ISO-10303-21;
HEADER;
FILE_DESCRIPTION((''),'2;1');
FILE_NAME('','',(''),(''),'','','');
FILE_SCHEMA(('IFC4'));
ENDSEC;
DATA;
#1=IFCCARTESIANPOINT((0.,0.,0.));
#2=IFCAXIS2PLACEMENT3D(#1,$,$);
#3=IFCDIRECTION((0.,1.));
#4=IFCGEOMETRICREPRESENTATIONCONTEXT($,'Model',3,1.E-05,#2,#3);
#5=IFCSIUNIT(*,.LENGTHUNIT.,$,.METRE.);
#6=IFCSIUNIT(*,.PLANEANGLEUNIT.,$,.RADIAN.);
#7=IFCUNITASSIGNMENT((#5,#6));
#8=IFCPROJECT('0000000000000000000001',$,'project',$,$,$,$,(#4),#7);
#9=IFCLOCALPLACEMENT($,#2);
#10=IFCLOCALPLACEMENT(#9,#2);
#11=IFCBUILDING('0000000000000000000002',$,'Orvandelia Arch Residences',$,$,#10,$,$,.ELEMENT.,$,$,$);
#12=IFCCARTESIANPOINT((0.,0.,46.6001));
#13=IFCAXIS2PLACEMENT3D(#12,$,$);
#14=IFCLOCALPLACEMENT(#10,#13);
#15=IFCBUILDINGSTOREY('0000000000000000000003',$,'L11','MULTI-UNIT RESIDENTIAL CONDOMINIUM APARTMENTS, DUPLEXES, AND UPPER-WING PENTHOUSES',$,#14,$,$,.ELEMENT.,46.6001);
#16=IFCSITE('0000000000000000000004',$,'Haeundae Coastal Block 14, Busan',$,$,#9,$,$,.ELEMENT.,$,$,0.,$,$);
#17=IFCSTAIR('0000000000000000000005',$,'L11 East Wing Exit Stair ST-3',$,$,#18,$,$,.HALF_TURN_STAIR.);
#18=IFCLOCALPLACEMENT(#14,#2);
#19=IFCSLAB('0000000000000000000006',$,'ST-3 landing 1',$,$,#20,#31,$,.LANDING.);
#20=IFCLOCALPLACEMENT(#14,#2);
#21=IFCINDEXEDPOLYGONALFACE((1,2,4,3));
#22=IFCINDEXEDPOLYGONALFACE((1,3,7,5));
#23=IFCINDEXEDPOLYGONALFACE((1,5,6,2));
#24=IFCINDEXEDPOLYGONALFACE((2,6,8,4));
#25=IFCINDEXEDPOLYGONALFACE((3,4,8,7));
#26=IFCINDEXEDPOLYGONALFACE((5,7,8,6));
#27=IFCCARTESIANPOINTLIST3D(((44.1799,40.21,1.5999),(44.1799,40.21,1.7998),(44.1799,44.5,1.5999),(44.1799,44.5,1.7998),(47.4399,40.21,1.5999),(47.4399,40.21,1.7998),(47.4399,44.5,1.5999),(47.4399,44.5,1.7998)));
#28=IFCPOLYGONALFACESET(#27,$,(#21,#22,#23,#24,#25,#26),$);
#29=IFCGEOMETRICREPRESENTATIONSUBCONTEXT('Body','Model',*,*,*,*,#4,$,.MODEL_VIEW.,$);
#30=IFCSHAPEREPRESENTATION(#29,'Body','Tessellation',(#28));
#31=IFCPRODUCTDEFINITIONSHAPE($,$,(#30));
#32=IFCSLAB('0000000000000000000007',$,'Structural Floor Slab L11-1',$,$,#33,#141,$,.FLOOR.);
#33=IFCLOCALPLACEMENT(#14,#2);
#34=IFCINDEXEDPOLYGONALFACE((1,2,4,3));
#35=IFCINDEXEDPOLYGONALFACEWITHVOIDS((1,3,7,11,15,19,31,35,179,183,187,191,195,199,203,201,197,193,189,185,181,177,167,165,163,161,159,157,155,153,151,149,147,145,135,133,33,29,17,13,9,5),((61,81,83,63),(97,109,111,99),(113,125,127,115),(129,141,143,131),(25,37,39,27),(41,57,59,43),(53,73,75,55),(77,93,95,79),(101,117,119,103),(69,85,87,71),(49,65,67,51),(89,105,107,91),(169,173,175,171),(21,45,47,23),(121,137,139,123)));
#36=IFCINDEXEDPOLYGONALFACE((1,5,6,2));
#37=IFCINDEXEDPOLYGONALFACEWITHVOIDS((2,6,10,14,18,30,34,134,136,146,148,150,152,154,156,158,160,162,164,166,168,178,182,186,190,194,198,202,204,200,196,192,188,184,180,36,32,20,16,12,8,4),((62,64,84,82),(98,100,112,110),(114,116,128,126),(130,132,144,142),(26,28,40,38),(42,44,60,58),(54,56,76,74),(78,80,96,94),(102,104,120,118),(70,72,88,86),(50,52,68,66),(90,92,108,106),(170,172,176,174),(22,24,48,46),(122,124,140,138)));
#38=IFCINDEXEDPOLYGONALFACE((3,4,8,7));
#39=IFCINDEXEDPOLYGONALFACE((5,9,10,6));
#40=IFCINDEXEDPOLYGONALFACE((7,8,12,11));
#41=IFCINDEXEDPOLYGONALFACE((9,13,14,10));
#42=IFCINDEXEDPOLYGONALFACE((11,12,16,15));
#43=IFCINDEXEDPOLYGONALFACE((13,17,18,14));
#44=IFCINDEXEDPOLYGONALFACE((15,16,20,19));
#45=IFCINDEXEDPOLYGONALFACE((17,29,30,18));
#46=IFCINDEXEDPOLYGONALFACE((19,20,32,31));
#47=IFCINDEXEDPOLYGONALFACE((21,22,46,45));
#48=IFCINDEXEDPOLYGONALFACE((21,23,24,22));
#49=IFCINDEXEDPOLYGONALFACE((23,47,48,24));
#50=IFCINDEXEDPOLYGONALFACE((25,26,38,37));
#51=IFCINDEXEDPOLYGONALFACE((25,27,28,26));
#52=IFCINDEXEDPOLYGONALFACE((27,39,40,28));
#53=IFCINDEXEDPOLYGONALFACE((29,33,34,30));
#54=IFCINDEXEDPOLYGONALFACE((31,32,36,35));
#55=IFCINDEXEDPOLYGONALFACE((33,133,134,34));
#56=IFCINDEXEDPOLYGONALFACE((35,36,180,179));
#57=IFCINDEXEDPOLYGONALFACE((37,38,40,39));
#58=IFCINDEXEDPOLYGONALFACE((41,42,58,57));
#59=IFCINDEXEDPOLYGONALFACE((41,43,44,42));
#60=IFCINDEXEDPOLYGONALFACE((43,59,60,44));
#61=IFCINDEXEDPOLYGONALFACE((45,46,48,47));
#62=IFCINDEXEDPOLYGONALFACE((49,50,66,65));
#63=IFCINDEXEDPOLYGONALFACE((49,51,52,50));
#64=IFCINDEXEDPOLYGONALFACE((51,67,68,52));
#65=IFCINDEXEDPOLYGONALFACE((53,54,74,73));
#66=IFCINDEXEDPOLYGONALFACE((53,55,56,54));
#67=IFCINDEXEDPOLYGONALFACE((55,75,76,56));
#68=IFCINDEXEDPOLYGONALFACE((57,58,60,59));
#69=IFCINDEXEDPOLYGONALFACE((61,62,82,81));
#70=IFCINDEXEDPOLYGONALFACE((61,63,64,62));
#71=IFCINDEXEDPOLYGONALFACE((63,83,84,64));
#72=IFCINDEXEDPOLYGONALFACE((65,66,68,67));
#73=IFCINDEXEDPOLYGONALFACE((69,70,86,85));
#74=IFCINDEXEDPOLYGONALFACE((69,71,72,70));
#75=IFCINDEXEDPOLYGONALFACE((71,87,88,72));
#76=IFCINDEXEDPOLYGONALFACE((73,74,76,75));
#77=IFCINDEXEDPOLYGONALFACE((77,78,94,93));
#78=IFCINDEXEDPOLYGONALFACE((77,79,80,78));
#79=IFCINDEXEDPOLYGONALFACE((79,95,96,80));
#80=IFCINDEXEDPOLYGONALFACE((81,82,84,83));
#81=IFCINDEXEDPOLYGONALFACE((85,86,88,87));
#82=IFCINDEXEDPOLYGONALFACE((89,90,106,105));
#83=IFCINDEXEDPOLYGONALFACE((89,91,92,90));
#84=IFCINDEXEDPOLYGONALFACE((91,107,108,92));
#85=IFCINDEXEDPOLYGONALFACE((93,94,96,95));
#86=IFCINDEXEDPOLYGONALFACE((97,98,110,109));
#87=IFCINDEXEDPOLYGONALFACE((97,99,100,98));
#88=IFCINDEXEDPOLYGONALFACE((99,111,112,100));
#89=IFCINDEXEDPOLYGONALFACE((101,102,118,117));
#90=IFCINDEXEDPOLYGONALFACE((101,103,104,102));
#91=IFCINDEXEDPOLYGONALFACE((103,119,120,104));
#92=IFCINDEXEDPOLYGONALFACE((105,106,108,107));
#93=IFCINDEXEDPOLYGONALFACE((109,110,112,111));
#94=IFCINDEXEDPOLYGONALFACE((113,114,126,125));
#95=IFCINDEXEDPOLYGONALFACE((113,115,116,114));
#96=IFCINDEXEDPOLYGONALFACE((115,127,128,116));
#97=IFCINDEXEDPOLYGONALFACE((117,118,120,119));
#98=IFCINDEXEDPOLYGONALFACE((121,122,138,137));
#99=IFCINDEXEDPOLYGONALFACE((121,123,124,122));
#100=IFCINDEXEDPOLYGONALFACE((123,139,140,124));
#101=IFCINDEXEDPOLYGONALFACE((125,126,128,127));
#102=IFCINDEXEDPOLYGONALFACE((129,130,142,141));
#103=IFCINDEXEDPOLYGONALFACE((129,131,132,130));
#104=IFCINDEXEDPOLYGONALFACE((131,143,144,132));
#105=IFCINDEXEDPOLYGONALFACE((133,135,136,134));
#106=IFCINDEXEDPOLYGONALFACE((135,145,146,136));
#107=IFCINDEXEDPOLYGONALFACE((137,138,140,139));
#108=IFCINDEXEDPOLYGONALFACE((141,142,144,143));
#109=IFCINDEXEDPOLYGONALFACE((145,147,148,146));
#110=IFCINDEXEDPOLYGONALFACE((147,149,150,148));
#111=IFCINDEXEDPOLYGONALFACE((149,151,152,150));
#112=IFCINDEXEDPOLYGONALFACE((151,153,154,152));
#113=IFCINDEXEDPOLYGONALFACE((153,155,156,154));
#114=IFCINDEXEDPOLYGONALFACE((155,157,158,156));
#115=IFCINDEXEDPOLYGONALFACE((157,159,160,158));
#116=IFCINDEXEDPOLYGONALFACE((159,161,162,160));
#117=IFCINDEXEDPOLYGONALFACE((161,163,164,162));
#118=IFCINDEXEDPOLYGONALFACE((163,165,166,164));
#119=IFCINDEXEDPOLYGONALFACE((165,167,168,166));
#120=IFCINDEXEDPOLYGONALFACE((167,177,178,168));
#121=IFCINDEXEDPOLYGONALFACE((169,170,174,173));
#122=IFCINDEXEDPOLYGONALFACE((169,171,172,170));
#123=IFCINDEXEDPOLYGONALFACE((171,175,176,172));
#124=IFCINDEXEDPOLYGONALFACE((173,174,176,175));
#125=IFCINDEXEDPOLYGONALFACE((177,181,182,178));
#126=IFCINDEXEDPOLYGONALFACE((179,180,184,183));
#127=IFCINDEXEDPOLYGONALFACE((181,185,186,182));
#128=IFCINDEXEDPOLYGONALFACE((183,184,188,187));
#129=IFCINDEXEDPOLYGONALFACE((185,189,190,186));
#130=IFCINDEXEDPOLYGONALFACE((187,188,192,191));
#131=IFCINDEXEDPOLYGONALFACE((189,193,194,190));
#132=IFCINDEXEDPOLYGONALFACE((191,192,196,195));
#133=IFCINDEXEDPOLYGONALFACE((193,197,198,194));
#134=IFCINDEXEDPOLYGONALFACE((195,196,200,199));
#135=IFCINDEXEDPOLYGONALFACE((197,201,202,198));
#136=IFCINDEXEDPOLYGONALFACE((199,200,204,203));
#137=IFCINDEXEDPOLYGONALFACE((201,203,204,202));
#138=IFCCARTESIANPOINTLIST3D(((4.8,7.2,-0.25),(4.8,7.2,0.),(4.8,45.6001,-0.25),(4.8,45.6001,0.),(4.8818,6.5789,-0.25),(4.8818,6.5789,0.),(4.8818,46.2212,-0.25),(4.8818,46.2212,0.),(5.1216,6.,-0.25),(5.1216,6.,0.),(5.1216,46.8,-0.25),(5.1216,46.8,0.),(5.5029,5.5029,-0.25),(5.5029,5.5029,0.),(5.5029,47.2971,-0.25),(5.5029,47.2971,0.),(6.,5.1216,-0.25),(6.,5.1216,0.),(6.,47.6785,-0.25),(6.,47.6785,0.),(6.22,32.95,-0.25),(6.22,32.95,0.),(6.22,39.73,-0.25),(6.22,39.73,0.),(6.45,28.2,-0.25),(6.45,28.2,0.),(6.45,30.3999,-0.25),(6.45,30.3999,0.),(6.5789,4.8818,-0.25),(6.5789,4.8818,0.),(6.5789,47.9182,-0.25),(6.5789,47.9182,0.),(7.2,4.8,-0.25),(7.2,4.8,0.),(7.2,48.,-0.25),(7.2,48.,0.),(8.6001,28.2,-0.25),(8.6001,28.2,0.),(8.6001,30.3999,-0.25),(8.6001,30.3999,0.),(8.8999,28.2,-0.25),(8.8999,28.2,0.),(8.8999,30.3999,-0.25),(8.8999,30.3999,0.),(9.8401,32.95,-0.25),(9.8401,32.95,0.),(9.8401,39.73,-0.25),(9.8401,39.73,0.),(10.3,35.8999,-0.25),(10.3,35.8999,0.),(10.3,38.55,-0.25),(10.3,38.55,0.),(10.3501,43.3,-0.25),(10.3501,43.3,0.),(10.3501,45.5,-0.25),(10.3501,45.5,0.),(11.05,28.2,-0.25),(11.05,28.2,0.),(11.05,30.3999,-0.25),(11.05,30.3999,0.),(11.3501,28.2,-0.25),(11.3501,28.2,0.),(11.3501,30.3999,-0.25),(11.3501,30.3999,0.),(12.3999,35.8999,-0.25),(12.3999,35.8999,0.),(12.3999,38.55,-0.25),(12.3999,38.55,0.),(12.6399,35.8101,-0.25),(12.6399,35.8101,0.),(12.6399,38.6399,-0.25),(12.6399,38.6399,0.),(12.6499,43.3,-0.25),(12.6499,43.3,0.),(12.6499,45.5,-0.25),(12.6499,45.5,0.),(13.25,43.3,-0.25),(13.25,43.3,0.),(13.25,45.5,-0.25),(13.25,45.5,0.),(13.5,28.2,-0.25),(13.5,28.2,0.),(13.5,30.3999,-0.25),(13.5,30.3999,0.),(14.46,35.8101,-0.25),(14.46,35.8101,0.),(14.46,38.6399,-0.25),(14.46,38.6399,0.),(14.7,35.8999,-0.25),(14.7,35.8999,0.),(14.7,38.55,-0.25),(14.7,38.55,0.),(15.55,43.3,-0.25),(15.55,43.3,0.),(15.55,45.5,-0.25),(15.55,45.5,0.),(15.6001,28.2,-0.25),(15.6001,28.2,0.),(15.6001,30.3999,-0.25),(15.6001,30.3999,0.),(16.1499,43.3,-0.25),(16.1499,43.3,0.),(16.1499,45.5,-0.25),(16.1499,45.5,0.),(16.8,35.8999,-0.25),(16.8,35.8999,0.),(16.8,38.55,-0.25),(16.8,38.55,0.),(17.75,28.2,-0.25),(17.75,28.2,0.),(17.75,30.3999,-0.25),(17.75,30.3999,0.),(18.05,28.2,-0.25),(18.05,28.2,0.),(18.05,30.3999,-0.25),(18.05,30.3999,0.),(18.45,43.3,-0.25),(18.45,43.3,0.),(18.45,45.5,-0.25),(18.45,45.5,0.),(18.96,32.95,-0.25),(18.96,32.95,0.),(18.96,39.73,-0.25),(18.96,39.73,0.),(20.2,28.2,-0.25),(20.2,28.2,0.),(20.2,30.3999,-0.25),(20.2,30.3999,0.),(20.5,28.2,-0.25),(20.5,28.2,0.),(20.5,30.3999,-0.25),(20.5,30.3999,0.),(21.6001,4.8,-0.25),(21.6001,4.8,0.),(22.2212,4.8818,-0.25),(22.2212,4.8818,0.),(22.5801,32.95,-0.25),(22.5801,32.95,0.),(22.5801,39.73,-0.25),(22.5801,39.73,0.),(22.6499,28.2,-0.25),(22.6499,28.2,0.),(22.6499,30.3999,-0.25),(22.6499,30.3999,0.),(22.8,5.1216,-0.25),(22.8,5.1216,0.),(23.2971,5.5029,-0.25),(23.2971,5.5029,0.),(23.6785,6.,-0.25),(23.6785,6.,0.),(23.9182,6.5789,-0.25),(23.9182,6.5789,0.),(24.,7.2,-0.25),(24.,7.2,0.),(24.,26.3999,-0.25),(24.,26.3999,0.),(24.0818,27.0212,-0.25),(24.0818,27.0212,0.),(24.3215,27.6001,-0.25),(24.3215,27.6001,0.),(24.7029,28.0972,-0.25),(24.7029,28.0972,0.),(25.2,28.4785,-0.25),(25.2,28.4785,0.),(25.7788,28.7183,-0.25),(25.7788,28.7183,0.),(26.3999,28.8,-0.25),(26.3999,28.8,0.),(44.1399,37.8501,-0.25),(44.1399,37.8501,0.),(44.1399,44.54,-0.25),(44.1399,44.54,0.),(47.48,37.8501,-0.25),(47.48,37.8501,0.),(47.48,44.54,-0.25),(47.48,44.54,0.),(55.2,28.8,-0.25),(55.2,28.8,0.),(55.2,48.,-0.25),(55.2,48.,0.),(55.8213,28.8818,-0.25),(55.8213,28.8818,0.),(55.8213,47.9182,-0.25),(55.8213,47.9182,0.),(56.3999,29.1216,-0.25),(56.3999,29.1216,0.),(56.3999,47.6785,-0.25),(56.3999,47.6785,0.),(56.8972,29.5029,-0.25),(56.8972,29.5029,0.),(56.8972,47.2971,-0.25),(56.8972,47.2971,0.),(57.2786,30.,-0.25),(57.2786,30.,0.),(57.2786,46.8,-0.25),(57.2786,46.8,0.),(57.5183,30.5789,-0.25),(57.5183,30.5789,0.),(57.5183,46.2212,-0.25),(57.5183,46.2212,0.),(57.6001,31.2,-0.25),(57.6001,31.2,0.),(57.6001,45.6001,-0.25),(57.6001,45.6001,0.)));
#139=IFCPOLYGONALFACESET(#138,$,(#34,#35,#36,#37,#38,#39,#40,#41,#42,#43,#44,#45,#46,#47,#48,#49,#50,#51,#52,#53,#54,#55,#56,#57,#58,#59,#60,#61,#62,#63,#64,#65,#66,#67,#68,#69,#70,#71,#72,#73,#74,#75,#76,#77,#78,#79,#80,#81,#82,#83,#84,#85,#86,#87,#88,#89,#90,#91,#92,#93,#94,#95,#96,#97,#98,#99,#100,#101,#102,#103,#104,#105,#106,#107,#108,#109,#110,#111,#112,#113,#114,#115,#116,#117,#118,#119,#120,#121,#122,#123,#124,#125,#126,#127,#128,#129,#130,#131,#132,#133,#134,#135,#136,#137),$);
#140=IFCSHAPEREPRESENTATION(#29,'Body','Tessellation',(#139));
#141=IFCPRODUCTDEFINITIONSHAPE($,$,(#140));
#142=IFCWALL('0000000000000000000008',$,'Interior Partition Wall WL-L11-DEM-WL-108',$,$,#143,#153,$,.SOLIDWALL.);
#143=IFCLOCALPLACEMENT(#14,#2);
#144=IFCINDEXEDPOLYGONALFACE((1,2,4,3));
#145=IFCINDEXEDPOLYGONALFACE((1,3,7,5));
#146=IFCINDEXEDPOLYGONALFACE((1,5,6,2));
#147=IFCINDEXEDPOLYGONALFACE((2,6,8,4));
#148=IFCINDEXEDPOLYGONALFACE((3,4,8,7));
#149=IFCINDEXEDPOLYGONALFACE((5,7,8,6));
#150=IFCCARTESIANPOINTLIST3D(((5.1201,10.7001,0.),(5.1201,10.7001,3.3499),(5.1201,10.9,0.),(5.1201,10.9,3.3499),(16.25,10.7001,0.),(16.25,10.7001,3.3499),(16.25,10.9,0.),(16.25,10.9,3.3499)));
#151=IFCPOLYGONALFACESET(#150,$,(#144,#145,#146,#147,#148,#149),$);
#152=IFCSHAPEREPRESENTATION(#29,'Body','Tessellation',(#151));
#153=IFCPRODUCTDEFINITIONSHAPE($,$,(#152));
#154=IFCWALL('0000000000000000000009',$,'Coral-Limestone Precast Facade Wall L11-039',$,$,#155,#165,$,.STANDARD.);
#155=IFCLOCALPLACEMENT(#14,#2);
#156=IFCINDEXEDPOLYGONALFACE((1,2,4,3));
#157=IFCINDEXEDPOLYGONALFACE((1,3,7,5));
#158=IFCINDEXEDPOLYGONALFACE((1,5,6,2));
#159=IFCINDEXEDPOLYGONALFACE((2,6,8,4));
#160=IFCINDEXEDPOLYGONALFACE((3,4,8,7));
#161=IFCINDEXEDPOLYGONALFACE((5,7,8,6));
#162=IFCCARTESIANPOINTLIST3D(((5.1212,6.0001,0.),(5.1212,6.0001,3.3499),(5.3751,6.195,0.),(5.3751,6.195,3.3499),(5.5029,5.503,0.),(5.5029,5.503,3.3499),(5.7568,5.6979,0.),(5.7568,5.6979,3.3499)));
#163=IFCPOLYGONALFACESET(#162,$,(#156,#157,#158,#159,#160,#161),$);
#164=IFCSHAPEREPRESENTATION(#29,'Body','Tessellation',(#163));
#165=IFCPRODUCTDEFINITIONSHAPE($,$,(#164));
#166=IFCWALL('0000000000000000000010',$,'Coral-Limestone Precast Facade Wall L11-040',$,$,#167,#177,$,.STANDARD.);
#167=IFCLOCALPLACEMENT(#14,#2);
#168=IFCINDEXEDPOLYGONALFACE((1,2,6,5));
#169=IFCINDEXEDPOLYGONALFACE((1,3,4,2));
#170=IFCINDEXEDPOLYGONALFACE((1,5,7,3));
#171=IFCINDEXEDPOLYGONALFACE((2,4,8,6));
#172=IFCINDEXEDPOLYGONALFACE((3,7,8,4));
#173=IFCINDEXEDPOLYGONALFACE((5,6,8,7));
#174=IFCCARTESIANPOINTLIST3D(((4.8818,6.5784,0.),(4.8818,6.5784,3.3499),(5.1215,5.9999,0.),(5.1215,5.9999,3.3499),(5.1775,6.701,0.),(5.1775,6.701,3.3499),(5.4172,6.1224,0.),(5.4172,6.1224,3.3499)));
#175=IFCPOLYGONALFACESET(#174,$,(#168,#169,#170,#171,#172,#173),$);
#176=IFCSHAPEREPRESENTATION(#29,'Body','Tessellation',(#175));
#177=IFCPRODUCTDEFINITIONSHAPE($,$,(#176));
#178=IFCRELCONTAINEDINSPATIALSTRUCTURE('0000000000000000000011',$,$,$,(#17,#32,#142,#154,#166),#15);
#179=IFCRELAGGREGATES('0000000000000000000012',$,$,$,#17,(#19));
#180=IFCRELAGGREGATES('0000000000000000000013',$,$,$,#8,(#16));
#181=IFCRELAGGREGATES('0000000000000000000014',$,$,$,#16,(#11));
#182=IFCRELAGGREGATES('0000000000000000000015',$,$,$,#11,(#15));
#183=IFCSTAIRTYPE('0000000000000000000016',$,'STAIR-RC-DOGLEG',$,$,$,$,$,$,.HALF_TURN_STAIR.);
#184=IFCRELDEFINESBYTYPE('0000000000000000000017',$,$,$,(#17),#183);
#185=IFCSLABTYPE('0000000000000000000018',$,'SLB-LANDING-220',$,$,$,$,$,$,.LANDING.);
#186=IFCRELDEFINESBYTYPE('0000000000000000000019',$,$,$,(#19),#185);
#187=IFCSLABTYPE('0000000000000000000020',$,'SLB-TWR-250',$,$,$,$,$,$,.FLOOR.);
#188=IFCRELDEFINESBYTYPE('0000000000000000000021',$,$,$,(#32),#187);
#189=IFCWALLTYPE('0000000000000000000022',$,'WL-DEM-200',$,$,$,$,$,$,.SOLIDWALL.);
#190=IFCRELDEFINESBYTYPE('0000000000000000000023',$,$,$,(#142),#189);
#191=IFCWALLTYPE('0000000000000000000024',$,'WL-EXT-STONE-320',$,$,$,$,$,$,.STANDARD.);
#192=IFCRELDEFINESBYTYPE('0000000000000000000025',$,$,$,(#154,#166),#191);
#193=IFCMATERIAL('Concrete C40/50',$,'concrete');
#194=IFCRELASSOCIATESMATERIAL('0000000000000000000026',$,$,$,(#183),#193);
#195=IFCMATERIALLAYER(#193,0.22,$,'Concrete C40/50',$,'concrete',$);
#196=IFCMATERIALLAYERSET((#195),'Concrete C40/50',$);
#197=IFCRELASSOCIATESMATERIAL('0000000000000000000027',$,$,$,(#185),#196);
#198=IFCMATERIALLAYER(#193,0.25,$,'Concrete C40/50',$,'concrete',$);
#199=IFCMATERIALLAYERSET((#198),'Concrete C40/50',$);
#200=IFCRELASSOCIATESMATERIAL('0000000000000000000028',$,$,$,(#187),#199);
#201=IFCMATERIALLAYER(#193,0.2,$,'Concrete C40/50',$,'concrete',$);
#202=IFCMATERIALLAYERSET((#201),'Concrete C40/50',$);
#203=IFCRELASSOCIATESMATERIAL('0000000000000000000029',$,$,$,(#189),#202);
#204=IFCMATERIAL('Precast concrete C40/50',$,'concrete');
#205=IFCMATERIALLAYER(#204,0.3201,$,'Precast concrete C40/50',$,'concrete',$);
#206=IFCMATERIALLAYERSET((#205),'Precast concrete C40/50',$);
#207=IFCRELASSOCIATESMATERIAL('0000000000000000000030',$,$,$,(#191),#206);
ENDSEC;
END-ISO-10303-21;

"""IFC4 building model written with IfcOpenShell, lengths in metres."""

from ifc_helpers import new_model, si_unit, direction, frame, frame_2d, origin, place, context, subcontext, project, spatial, polyline, rectangle, outline, extrude, material, layer, layer_set, type_object, element, aggregate, save


model = new_model("IFC4")

# Units and contexts
model_context = context("Model", 3, precision=1e-05, world=origin(), true_north=direction((0.0, 1.0)))
body_context = subcontext(model_context, "Body", "Model", "MODEL_VIEW")
ifc_project = project(units=[si_unit("LENGTHUNIT", "METRE"), si_unit("PLANEANGLEUNIT", "RADIAN")], contexts=[model_context])

# Site, building, storey
site_placement = place(None, origin())
site = spatial("IfcSite", under=ifc_project, at=site_placement, Name="Haeundae Coastal Block 14, Busan", CompositionType="ELEMENT", RefElevation=0.0)
building_placement = place(site_placement, origin())
building = spatial("IfcBuilding", under=site, at=building_placement, Name="Orvandelia Arch Residences", CompositionType="ELEMENT")
storey_placement = place(building_placement, frame((0.0, 0.0, 46.6001)))
storey = spatial("IfcBuildingStorey", under=building, at=storey_placement, Name="L11", Description="MULTI-UNIT RESIDENTIAL CONDOMINIUM APARTMENTS, DUPLEXES, AND UPPER-WING PENTHOUSES", CompositionType="ELEMENT", Elevation=46.6001)

# Shared definitions
ifc_material_1 = material(Name="Precast concrete C40/50", Category="concrete")

# Stair, slab
ifc_material_2 = material(Name="Concrete C40/50", Category="concrete")
stair_type = type_object("IfcStairType", Name="STAIR-RC-DOGLEG", PredefinedType="HALF_TURN_STAIR", material=ifc_material_2)
ifc_layer_1 = layer(ifc_material_2, 0.22, Name="Concrete C40/50", Category="concrete")
ifc_layer_set_1 = layer_set([ifc_layer_1], Name="Concrete C40/50")
slab_type_1 = type_object("IfcSlabType", Name="SLB-LANDING-220", PredefinedType="LANDING", material=ifc_layer_set_1)
stair_1_placement = place(storey_placement, origin())
stair_1 = element("IfcStair", 1, at=stair_1_placement, inside=storey, type_object=stair_type, Name="L11 East Wing Exit Stair ST-3", PredefinedType="HALF_TURN_STAIR")
slab_1_placement = place(storey_placement, frame((0.0, 0.0, 1.5999)))
slab_1 = element("IfcSlab", 2, at=slab_1_placement, type_object=slab_type_1, Name="ST-3 landing 1", PredefinedType="LANDING", context=body_context, shape_type="SweptSolid", body=[
    extrude(outline(polyline([(47.4399, 40.21), (47.4399, 44.5), (44.1799, 44.5), (44.1799, 40.21), (47.4399, 40.21)])), origin(), (0.0, 0.0, 1.0), 0.2),
])
aggregate(stair_1, [slab_1])

# Slab
ifc_layer_2 = layer(ifc_material_2, 0.25, Name="Concrete C40/50", Category="concrete")
ifc_layer_set_2 = layer_set([ifc_layer_2], Name="Concrete C40/50")
slab_type_2 = type_object("IfcSlabType", Name="SLB-TWR-250", PredefinedType="FLOOR", material=ifc_layer_set_2)
slab_2_placement = place(storey_placement, frame((0.0, 0.0, -0.25)))
element("IfcSlab", 3, at=slab_2_placement, inside=storey, type_object=slab_type_2, Name="Structural Floor Slab L11-1", PredefinedType="FLOOR", context=body_context, shape_type="SweptSolid", body=[
    extrude(outline(polyline([(4.8, 7.2), (4.8818, 6.5789), (5.1216, 6.0), (5.5029, 5.5029), (6.0, 5.1216), (6.5789, 4.8818), (7.2, 4.8), (21.6001, 4.8), (22.2212, 4.8818), (22.8, 5.1216), (23.2971, 5.5029), (23.6785, 6.0), (23.9182, 6.5789), (24.0, 7.2), (24.0, 26.3999), (24.0818, 27.0212), (24.3215, 27.6001), (24.7029, 28.0972), (25.2, 28.4785), (25.7788, 28.7183), (26.3999, 28.8), (55.2, 28.8), (55.8213, 28.8818), (56.3999, 29.1216), (56.8972, 29.5029), (57.2786, 30.0), (57.5183, 30.5789), (57.6001, 31.2), (57.6001, 45.6001), (57.5183, 46.2212), (57.2786, 46.8), (56.8972, 47.2971), (56.3999, 47.6785), (55.8213, 47.9182), (55.2, 48.0), (7.2, 48.0), (6.5789, 47.9182), (6.0, 47.6785), (5.5029, 47.2971), (5.1216, 46.8), (4.8818, 46.2212), (4.8, 45.6001), (4.8, 7.2)]), holes=[polyline([(6.22, 32.95), (9.8401, 32.95), (9.8401, 39.73), (6.22, 39.73), (6.22, 32.95)]), polyline([(18.96, 32.95), (22.5801, 32.95), (22.5801, 39.73), (18.96, 39.73), (18.96, 32.95)]), polyline([(44.1399, 37.8501), (47.48, 37.8501), (47.48, 44.54), (44.1399, 44.54), (44.1399, 37.8501)]), polyline([(12.6399, 35.8101), (14.46, 35.8101), (14.46, 38.6399), (12.6399, 38.6399), (12.6399, 35.8101)]), polyline([(10.3, 35.8999), (12.3999, 35.8999), (12.3999, 38.55), (10.3, 38.55), (10.3, 35.8999)]), polyline([(14.7, 35.8999), (16.8, 35.8999), (16.8, 38.55), (14.7, 38.55), (14.7, 35.8999)]), polyline([(10.3501, 43.3), (12.6499, 43.3), (12.6499, 45.5), (10.3501, 45.5), (10.3501, 43.3)]), polyline([(13.25, 43.3), (15.55, 43.3), (15.55, 45.5), (13.25, 45.5), (13.25, 43.3)]), polyline([(16.1499, 43.3), (18.45, 43.3), (18.45, 45.5), (16.1499, 45.5), (16.1499, 43.3)]), polyline([(6.45, 28.2), (8.6001, 28.2), (8.6001, 30.3999), (6.45, 30.3999), (6.45, 28.2)]), polyline([(8.8999, 28.2), (11.05, 28.2), (11.05, 30.3999), (8.8999, 30.3999), (8.8999, 28.2)]), polyline([(11.3501, 28.2), (13.5, 28.2), (13.5, 30.3999), (11.3501, 30.3999), (11.3501, 28.2)]), polyline([(15.6001, 28.2), (17.75, 28.2), (17.75, 30.3999), (15.6001, 30.3999), (15.6001, 28.2)]), polyline([(18.05, 28.2), (20.2, 28.2), (20.2, 30.3999), (18.05, 30.3999), (18.05, 28.2)]), polyline([(20.5, 28.2), (22.6499, 28.2), (22.6499, 30.3999), (20.5, 30.3999), (20.5, 28.2)])]), origin(), (0.0, 0.0, 1.0), 0.25),
])

# Walls
ifc_layer_3 = layer(ifc_material_2, 0.2, Name="Concrete C40/50", Category="concrete")
ifc_layer_set_3 = layer_set([ifc_layer_3], Name="Concrete C40/50")
wall_type_1 = type_object("IfcWallType", Name="WL-DEM-200", PredefinedType="SOLIDWALL", material=ifc_layer_set_3)
wall_1_placement = place(storey_placement, frame((5.1201, 10.8, 0.0), z_axis=(0.0, 0.0, 1.0), x_axis=(1.0, 0.0, 0.0)))
element("IfcWall", 4, at=wall_1_placement, inside=storey, type_object=wall_type_1, Name="Interior Partition Wall WL-L11-DEM-WL-108", PredefinedType="SOLIDWALL", context=body_context, shape_type="SweptSolid", body=[
    extrude(rectangle(XDim=11.1299, YDim=0.2, at=frame_2d((5.5649, 0.0))), origin(), (0.0, 0.0, 1.0), 3.3499),
])
ifc_layer_4 = layer(ifc_material_1, 0.3201, Name="Precast concrete C40/50", Category="concrete")
ifc_layer_set_4 = layer_set([ifc_layer_4], Name="Precast concrete C40/50")
wall_type_2 = type_object("IfcWallType", Name="WL-EXT-STONE-320", PredefinedType="STANDARD", material=ifc_layer_set_4)
wall_2_placement = place(storey_placement, frame((5.6299, 5.6003, 0.0), z_axis=(0.0, 0.0, 1.0), x_axis=(-0.608939, 0.793217, 0.0)))
element("IfcWall", 5, at=wall_2_placement, inside=storey, type_object=wall_type_2, Name="Coral-Limestone Precast Facade Wall L11-039", PredefinedType="STANDARD", context=body_context, shape_type="SweptSolid", body=[
    extrude(rectangle(XDim=0.6267, YDim=0.3201, at=frame_2d((0.3135, 0.0))), origin(), (0.0, 0.0, 1.0), 3.3499),
])
wall_3_placement = place(storey_placement, frame((5.2693, 6.0613, 0.0), z_axis=(0.0, 0.0, 1.0), x_axis=(-0.382788, 0.923836, 0.0)))
element("IfcWall", 6, at=wall_3_placement, inside=storey, type_object=wall_type_2, Name="Coral-Limestone Precast Facade Wall L11-040", PredefinedType="STANDARD", context=body_context, shape_type="SweptSolid", body=[
    extrude(rectangle(XDim=0.6262, YDim=0.3201, at=frame_2d((0.313, 0.0))), origin(), (0.0, 0.0, 1.0), 3.3499),
])

save(model, "model.ifc")
